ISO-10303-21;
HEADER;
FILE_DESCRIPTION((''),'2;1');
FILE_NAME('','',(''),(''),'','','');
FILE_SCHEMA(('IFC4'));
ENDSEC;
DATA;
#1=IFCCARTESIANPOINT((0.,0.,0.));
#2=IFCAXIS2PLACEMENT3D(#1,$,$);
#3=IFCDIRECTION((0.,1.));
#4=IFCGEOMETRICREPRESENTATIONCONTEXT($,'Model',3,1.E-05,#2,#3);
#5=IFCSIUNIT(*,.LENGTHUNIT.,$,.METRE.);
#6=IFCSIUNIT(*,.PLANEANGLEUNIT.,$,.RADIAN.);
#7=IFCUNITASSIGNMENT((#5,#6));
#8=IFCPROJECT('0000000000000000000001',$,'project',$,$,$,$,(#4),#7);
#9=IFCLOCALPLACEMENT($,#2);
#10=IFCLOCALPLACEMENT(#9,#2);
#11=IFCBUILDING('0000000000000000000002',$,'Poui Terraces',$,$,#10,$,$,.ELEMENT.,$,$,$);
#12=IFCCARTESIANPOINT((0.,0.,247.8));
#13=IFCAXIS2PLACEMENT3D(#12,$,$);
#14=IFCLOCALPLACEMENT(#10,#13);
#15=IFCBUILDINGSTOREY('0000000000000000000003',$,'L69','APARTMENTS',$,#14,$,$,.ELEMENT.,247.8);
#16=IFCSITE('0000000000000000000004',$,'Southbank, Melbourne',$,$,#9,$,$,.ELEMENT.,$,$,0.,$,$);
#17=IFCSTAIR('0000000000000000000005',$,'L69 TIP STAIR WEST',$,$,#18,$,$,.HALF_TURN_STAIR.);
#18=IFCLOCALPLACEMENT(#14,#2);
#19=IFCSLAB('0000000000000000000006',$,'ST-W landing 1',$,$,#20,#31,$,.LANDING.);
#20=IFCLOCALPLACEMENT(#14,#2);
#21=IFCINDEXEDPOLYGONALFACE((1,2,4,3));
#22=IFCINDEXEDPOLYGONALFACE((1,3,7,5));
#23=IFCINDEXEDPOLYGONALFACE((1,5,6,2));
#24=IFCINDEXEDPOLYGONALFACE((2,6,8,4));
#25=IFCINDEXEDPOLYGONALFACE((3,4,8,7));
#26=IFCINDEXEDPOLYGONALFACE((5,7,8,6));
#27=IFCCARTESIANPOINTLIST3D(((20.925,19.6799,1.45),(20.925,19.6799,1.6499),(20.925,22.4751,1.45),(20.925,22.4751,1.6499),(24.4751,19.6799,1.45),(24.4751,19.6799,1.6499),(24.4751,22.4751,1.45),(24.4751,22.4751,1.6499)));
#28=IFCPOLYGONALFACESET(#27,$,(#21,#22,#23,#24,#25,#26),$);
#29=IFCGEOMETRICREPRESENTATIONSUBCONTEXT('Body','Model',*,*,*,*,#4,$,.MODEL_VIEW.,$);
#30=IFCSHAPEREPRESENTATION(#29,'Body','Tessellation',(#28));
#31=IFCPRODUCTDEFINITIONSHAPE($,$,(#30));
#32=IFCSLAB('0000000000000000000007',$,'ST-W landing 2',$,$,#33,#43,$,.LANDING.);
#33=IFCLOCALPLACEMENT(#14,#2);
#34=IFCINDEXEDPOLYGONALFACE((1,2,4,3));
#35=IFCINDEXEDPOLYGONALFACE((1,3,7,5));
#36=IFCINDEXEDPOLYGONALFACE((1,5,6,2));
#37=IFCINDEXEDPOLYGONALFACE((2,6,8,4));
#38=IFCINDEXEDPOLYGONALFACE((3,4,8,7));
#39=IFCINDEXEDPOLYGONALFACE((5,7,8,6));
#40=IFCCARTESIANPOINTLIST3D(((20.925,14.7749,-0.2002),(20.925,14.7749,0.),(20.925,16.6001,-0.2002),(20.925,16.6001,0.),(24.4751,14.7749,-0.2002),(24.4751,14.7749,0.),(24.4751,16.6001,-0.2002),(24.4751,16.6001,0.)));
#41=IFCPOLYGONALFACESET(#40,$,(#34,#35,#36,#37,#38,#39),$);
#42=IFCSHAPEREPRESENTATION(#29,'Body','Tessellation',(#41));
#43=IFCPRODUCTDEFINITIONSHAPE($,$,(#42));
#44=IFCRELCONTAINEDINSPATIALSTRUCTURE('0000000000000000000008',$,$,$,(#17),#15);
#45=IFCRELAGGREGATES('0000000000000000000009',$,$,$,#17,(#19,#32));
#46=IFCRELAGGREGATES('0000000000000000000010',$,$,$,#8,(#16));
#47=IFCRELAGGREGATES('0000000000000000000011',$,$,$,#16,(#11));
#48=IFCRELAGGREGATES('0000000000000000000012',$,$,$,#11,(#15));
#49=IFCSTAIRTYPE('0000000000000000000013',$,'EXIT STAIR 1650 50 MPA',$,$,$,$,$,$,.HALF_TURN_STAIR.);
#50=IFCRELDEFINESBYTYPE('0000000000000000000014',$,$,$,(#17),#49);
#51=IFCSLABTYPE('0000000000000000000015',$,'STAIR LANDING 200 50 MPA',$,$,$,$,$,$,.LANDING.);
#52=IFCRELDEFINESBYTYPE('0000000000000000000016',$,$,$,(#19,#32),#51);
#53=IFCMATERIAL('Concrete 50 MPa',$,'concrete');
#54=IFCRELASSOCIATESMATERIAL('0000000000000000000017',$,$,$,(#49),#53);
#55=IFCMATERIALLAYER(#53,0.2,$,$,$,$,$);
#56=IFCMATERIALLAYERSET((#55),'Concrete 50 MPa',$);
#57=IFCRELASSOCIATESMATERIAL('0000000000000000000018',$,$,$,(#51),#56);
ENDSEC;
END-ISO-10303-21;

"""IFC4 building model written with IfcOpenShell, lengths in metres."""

from ifc_helpers import new_model, si_unit, direction, frame, origin, place, context, subcontext, project, spatial, polyline, outline, extrude, material, layer, layer_set, type_object, element, aggregate, save


model = new_model("IFC4")

# Units and contexts
model_context = context("Model", 3, precision=1e-05, world=origin(), true_north=direction((0.0, 1.0)))
body_context = subcontext(model_context, "Body", "Model", "MODEL_VIEW")
ifc_project = project(units=[si_unit("LENGTHUNIT", "METRE"), si_unit("PLANEANGLEUNIT", "RADIAN")], contexts=[model_context])

# Site, building, storey
site_placement = place(None, origin())
site = spatial("IfcSite", under=ifc_project, at=site_placement, Name="Southbank, Melbourne", CompositionType="ELEMENT", RefElevation=0.0)
building_placement = place(site_placement, origin())
building = spatial("IfcBuilding", under=site, at=building_placement, Name="Poui Terraces", CompositionType="ELEMENT")
storey_placement = place(building_placement, frame((0.0, 0.0, 247.8)))
storey = spatial("IfcBuildingStorey", under=building, at=storey_placement, Name="L69", Description="APARTMENTS", CompositionType="ELEMENT", Elevation=247.8)

# Stair, slabs
ifc_material = material(Name="Concrete 50 MPa", Category="concrete")
stair_type = type_object("IfcStairType", Name="EXIT STAIR 1650 50 MPA", PredefinedType="HALF_TURN_STAIR", material=ifc_material)
stair_placement = place(storey_placement, origin())
stair = element("IfcStair", 1, at=stair_placement, inside=storey, type_object=stair_type, Name="L69 TIP STAIR WEST", PredefinedType="HALF_TURN_STAIR")
ifc_layer = layer(ifc_material, 0.2)
ifc_layer_set = layer_set([ifc_layer], Name="Concrete 50 MPa")
slab_type = type_object("IfcSlabType", Name="STAIR LANDING 200 50 MPA", PredefinedType="LANDING", material=ifc_layer_set)
slab_1_placement = place(storey_placement, frame((0.0, 0.0, 1.45)))
slab_1 = element("IfcSlab", 2, at=slab_1_placement, type_object=slab_type, Name="ST-W landing 1", PredefinedType="LANDING", context=body_context, shape_type="SweptSolid", body=[
    extrude(outline(polyline([(20.925, 19.6799), (24.4751, 19.6799), (24.4751, 22.4751), (20.925, 22.4751), (20.925, 19.6799)])), origin(), (0.0, 0.0, 1.0), 0.2),
])
slab_2_placement = place(storey_placement, frame((0.0, 0.0, -0.2002)))
slab_2 = element("IfcSlab", 3, at=slab_2_placement, type_object=slab_type, Name="ST-W landing 2", PredefinedType="LANDING", context=body_context, shape_type="SweptSolid", body=[
    extrude(outline(polyline([(20.925, 14.7749), (24.4751, 14.7749), (24.4751, 16.6001), (20.925, 16.6001), (20.925, 14.7749)])), origin(), (0.0, 0.0, 1.0), 0.2002),
])
aggregate(stair, [slab_1, slab_2])

save(model, "model.ifc")
